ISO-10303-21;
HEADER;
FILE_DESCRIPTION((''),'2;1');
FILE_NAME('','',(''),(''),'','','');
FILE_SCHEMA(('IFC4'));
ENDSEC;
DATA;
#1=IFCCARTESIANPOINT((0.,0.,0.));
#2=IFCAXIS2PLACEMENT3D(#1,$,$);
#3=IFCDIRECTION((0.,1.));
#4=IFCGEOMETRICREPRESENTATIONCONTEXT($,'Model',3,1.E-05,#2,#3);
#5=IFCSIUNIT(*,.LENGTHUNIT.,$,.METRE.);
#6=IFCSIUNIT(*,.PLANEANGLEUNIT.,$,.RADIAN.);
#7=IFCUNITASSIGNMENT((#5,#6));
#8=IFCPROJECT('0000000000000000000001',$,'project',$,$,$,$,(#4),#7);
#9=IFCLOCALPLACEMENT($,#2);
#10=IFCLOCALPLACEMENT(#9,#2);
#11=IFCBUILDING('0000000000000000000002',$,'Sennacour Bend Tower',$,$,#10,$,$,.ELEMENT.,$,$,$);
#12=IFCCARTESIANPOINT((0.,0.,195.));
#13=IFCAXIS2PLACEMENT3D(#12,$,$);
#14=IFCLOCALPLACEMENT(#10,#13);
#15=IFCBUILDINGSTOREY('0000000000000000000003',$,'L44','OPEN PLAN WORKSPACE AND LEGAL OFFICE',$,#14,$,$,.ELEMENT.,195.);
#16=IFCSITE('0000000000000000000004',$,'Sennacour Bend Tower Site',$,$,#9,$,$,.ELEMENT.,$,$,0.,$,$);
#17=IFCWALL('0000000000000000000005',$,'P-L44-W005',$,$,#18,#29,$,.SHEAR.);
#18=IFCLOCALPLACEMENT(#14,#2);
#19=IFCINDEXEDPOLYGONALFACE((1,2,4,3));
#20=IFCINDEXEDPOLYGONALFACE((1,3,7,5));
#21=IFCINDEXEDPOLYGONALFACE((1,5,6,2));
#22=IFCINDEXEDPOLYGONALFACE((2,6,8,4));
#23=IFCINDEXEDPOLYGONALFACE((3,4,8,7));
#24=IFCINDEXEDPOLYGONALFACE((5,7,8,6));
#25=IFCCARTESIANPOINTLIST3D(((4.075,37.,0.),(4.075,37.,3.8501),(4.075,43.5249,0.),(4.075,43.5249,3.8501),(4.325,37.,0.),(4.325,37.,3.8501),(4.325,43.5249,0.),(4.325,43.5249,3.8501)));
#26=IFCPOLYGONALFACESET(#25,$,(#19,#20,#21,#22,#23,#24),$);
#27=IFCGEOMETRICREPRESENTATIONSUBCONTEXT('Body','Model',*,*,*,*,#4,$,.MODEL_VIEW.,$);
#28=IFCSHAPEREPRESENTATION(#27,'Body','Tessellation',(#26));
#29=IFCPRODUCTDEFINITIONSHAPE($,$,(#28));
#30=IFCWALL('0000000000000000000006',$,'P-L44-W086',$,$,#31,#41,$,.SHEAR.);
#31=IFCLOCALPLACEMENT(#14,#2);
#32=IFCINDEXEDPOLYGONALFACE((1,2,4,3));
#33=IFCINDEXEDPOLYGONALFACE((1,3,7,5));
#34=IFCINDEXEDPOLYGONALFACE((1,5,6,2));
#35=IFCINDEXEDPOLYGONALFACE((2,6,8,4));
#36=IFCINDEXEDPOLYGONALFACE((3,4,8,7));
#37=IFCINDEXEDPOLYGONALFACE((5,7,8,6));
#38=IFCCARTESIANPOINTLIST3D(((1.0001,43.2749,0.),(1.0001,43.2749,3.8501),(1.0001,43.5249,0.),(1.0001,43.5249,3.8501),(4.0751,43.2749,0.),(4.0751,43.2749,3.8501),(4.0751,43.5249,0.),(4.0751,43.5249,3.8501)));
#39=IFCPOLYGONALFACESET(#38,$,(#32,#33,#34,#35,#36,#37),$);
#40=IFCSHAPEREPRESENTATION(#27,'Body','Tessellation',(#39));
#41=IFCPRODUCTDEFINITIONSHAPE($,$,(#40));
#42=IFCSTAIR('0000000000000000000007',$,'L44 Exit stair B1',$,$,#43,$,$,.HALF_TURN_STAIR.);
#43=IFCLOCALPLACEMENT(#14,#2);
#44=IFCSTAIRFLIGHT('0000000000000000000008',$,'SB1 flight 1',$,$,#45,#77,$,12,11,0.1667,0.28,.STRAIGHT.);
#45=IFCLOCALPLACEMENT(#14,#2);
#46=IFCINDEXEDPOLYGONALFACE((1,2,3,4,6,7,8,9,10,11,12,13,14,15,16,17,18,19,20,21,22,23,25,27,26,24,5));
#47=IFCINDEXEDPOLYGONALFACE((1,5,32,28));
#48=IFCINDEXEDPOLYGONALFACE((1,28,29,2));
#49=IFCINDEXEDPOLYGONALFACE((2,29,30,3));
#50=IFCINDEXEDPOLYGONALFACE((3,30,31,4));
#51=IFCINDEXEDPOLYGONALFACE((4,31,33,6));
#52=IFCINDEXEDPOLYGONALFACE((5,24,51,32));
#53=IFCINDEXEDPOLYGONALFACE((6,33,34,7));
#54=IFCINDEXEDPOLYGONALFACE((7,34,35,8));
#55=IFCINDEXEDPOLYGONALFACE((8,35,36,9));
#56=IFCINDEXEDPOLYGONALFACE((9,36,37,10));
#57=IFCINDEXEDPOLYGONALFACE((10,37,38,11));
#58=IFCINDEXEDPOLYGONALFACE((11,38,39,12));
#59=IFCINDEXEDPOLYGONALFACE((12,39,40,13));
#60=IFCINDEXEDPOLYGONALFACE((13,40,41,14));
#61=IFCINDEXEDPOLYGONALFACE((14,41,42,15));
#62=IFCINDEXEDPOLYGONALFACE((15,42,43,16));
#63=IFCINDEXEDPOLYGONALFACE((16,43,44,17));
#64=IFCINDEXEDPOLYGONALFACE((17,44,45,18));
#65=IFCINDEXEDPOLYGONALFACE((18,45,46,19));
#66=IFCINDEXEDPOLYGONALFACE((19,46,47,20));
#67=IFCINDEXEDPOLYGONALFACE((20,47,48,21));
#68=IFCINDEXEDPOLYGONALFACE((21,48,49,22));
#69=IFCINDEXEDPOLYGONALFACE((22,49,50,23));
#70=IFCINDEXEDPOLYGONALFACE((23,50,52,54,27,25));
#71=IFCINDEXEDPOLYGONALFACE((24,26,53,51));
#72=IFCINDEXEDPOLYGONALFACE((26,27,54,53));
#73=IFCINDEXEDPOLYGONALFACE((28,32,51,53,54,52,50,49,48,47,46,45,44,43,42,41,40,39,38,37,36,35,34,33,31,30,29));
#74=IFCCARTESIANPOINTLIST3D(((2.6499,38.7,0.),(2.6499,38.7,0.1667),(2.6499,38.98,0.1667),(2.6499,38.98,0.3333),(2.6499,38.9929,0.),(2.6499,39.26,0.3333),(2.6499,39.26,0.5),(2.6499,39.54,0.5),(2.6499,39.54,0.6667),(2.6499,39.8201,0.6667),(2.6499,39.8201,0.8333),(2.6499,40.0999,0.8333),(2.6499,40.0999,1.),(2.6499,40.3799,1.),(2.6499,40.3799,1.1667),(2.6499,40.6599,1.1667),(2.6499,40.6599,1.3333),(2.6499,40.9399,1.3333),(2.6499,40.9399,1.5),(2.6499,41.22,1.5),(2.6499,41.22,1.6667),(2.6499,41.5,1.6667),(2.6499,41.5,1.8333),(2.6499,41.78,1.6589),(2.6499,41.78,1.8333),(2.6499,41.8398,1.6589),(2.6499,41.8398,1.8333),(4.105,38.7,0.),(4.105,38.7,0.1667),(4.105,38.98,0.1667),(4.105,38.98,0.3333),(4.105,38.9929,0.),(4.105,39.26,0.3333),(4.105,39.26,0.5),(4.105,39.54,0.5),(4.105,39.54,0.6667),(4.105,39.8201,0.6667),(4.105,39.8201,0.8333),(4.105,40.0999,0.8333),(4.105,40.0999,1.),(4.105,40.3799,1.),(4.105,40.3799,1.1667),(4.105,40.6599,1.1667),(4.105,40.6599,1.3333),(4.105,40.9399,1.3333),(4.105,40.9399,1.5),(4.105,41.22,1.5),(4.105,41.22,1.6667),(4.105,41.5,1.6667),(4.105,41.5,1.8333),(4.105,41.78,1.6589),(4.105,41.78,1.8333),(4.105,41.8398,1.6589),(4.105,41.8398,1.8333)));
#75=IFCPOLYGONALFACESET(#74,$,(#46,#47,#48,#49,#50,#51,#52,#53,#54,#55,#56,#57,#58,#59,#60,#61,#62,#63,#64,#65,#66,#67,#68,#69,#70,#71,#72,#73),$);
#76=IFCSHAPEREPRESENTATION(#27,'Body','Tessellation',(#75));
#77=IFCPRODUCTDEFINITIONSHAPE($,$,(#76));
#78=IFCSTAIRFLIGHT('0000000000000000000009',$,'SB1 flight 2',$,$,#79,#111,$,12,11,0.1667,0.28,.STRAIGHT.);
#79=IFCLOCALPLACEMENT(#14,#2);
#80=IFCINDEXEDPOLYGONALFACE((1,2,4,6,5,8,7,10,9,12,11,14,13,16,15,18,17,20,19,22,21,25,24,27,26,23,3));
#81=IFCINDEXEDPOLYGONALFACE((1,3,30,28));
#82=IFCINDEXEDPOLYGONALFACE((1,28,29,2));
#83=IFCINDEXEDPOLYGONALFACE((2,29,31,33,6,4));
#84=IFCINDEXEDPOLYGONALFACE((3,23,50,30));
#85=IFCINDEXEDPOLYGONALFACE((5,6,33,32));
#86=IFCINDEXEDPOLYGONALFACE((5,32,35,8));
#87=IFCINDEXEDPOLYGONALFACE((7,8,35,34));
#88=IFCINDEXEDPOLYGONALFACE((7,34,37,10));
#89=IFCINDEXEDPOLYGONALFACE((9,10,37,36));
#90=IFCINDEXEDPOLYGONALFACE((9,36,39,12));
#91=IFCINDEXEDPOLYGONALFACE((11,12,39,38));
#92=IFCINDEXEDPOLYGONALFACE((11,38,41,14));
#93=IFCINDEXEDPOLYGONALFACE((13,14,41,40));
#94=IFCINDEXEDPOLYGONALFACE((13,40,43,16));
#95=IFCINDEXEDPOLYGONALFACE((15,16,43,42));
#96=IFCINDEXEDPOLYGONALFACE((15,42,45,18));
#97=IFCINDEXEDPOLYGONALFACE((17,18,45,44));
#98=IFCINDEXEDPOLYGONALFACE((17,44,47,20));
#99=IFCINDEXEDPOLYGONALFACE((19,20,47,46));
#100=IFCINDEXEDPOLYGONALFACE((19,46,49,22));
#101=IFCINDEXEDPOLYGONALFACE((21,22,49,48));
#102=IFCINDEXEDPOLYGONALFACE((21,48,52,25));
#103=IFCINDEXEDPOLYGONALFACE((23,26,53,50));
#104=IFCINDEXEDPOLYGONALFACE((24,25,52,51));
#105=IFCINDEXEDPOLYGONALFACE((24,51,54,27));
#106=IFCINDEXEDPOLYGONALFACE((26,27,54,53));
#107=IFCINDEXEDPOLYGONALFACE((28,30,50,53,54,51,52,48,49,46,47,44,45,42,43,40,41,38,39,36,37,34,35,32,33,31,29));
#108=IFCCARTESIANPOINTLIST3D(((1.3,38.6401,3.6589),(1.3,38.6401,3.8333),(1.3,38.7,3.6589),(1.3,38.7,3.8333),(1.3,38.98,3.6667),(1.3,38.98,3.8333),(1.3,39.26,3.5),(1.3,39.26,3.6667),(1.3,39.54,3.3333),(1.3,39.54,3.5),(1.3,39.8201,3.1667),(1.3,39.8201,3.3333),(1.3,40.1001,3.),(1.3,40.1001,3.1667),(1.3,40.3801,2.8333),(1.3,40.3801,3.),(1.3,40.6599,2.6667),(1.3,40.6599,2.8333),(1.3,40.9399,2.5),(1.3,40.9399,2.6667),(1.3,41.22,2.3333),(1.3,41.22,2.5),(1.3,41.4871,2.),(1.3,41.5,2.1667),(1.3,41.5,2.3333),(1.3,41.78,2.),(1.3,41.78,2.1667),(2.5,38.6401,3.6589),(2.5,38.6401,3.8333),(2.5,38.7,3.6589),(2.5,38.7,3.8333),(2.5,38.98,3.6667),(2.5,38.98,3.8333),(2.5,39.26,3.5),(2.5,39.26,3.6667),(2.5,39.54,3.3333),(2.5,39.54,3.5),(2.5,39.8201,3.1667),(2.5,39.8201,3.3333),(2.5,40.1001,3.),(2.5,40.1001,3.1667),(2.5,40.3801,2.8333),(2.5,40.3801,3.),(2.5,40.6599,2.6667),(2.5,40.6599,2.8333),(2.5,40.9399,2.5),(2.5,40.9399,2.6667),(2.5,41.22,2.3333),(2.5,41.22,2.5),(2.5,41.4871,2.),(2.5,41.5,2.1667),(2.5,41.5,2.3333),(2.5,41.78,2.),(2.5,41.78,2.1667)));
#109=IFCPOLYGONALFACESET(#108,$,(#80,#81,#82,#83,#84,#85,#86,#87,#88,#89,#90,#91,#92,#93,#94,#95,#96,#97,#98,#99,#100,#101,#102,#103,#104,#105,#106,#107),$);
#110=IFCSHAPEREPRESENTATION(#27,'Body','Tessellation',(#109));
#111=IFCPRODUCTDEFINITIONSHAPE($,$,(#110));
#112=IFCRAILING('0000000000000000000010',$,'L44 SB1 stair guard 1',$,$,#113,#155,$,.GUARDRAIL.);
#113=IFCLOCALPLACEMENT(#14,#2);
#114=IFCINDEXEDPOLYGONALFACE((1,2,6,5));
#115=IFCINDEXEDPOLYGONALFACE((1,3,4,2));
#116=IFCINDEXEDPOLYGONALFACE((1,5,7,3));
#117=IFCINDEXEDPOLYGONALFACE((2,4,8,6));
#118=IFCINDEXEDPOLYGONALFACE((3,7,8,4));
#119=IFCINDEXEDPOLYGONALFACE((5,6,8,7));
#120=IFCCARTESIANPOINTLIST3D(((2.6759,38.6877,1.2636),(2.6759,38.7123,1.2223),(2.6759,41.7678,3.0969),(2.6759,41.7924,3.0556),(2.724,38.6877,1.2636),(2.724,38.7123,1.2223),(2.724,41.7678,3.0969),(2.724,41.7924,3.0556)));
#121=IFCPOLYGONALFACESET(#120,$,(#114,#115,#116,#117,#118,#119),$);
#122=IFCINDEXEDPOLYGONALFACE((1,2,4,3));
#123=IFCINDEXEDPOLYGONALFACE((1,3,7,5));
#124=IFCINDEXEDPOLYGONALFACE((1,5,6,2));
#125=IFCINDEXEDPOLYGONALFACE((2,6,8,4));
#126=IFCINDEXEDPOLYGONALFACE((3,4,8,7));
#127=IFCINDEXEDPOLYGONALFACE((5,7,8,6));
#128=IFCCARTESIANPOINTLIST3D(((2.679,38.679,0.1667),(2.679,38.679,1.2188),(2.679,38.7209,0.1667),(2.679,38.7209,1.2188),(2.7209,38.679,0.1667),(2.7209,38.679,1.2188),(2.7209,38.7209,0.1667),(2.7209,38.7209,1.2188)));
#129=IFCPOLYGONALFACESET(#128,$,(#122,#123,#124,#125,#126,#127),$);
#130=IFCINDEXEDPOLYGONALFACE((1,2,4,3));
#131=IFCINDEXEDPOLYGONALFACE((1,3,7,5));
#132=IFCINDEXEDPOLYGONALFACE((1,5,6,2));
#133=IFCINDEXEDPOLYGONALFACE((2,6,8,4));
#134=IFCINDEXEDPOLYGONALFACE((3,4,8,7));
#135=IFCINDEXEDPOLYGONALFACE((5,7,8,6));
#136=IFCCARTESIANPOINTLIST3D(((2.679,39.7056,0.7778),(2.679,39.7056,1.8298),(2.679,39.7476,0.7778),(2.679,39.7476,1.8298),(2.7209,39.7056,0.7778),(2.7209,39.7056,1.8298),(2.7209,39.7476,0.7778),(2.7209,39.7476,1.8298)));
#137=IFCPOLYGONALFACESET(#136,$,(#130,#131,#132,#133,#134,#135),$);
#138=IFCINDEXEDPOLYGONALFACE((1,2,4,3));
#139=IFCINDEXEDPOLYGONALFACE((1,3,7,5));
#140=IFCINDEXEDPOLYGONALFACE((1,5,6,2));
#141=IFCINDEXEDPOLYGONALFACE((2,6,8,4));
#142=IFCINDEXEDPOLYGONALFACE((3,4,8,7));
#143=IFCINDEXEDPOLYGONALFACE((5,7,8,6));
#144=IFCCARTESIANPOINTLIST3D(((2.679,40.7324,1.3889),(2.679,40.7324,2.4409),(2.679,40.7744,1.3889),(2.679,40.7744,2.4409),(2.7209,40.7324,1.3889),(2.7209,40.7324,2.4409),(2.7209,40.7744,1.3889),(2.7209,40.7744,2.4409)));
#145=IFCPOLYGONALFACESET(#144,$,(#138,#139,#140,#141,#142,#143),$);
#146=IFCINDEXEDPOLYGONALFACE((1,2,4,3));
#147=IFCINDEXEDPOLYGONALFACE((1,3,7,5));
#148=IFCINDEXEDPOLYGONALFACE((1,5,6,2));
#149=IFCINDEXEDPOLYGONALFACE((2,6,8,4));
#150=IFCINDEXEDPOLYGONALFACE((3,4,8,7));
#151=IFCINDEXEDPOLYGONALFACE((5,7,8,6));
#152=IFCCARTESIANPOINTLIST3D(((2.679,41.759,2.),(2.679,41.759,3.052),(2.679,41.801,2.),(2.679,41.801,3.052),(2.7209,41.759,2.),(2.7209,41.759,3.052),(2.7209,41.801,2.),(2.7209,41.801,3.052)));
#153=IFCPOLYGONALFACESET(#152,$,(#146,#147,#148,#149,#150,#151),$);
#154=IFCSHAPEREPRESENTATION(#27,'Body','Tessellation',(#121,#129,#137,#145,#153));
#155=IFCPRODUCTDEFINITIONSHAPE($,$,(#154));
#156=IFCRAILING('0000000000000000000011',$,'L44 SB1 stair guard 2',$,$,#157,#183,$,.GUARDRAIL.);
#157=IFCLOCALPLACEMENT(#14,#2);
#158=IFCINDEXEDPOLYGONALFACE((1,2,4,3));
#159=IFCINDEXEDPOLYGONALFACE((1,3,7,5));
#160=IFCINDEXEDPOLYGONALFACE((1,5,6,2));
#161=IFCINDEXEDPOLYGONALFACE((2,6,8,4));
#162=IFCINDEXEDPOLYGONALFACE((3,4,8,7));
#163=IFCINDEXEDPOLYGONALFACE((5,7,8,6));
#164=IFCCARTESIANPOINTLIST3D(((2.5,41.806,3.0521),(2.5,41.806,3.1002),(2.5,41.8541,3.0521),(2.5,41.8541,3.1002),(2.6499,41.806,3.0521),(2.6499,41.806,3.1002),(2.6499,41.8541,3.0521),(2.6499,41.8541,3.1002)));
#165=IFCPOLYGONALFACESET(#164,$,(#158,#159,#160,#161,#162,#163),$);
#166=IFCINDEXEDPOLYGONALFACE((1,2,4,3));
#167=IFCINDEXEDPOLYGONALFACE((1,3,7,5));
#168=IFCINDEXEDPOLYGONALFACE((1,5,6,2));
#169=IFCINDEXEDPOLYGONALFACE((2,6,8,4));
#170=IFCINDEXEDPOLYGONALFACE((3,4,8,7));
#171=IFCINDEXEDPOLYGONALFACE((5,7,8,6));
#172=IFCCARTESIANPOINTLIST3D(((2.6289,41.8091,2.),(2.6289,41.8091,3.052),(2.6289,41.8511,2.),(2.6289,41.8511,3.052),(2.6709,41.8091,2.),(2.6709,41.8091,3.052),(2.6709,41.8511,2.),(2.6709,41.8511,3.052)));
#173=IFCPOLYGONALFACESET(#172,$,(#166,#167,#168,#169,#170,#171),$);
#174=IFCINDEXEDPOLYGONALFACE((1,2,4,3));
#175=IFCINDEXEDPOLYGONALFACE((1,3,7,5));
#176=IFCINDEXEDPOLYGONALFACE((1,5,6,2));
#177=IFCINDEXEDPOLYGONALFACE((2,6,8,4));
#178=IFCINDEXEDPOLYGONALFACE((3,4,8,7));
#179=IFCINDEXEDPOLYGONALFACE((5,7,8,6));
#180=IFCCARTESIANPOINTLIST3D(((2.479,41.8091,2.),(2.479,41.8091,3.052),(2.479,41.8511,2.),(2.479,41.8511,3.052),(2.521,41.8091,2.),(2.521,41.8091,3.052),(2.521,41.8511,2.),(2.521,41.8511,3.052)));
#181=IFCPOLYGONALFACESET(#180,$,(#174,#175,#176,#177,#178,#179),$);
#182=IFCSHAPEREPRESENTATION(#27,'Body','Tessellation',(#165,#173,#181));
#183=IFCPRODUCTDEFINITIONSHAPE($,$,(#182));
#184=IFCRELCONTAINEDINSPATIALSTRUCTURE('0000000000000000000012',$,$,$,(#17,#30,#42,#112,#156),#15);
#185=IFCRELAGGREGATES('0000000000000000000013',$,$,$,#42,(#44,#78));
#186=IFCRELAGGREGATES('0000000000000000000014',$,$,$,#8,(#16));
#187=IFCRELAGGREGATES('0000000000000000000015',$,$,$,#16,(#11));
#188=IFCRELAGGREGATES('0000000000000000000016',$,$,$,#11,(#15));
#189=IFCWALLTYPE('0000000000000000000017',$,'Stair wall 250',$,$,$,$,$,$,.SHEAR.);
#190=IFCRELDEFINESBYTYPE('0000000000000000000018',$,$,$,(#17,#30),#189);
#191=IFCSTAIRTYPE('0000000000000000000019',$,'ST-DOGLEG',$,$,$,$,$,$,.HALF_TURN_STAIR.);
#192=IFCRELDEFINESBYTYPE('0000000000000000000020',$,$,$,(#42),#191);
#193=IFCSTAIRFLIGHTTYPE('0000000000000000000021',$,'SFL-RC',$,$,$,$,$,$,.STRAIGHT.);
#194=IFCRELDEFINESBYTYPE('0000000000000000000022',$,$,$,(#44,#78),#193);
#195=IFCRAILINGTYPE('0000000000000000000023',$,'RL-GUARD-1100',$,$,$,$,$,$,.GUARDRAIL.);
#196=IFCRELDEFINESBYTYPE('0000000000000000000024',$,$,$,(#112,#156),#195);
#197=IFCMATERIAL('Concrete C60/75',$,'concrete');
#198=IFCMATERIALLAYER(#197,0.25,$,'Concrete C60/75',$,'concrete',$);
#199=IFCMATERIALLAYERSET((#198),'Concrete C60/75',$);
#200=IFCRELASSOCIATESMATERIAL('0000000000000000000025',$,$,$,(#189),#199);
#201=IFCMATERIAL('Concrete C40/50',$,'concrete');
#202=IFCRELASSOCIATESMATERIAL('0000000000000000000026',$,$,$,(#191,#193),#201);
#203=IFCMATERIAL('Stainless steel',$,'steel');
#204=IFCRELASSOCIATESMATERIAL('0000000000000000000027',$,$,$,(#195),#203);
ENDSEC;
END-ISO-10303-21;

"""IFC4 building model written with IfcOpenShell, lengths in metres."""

from ifc_helpers import new_model, si_unit, direction, frame, frame_2d, origin, origin_2d, place, context, subcontext, project, spatial, polyline, rectangle, outline, extrude, material, layer, layer_set, type_object, element, aggregate, save


model = new_model("IFC4")

# Units and contexts
model_context = context("Model", 3, precision=1e-05, world=origin(), true_north=direction((0.0, 1.0)))
body_context = subcontext(model_context, "Body", "Model", "MODEL_VIEW")
ifc_project = project(units=[si_unit("LENGTHUNIT", "METRE"), si_unit("PLANEANGLEUNIT", "RADIAN")], contexts=[model_context])

# Site, building, storey
site_placement = place(None, origin())
site = spatial("IfcSite", under=ifc_project, at=site_placement, Name="Sennacour Bend Tower Site", CompositionType="ELEMENT", RefElevation=0.0)
building_placement = place(site_placement, origin())
building = spatial("IfcBuilding", under=site, at=building_placement, Name="Sennacour Bend Tower", CompositionType="ELEMENT")
storey_placement = place(building_placement, frame((0.0, 0.0, 195.0)))
storey = spatial("IfcBuildingStorey", under=building, at=storey_placement, Name="L44", Description="OPEN PLAN WORKSPACE AND LEGAL OFFICE", CompositionType="ELEMENT", Elevation=195.0)

# Shared definitions
ifc_material_1 = material(Name="Concrete C60/75", Category="concrete")

# Shared definitions
ifc_material_2 = material(Name="Stainless steel", Category="steel")

# Walls
ifc_layer_1 = layer(ifc_material_1, 0.25, Name="Concrete C60/75", Category="concrete")
ifc_layer_set_1 = layer_set([ifc_layer_1], Name="Concrete C60/75")
wall_type_1 = type_object("IfcWallType", Name="Stair wall 250", PredefinedType="SHEAR", material=ifc_layer_set_1)
wall_1_placement = place(storey_placement, frame((4.2, 37.0, 0.0), z_axis=(0.0, 0.0, 1.0), x_axis=(0.0, 1.0, 0.0)))
element("IfcWall", 1, at=wall_1_placement, inside=storey, type_object=wall_type_1, Name="P-L44-W005", PredefinedType="SHEAR", context=body_context, shape_type="SweptSolid", body=[
    extrude(rectangle(XDim=6.5249, YDim=0.25, at=frame_2d((3.2625, 0.0))), origin(), (0.0, 0.0, 1.0), 3.8501),
])
wall_2_placement = place(storey_placement, frame((1.0, 43.3999, 0.0), z_axis=(0.0, 0.0, 1.0), x_axis=(1.0, 0.0, 0.0)))
element("IfcWall", 2, at=wall_2_placement, inside=storey, type_object=wall_type_1, Name="P-L44-W086", PredefinedType="SHEAR", context=body_context, shape_type="SweptSolid", body=[
    extrude(rectangle(XDim=3.075, YDim=0.25, at=frame_2d((1.5376, 0.0))), origin(), (0.0, 0.0, 1.0), 3.8501),
])

# Stair, stair flights
ifc_material_3 = material(Name="Concrete C40/50", Category="concrete")
stair_type = type_object("IfcStairType", Name="ST-DOGLEG", PredefinedType="HALF_TURN_STAIR", material=ifc_material_3)
stair_placement = place(storey_placement, origin())
stair = element("IfcStair", 3, at=stair_placement, inside=storey, type_object=stair_type, Name="L44 Exit stair B1", PredefinedType="HALF_TURN_STAIR")
stair_flight_type = type_object("IfcStairFlightType", Name="SFL-RC", PredefinedType="STRAIGHT", material=ifc_material_3)
stair_flight_1_placement = place(storey_placement, frame((3.3774, 38.7, 0.0), z_axis=(0.0, 0.0, 1.0), x_axis=(0.0, 1.0, 0.0)))
stair_flight_1 = element("IfcStairFlight", 4, at=stair_flight_1_placement, type_object=stair_flight_type, Name="SB1 flight 1", NumberOfRisers=12, NumberOfTreads=11, PredefinedType="STRAIGHT", RiserHeight=0.1667, TreadLength=0.28, context=body_context, shape_type="SweptSolid", body=[
    extrude(outline(polyline([(0.0, 0.0), (0.0, 0.1667), (0.28, 0.1667), (0.28, 0.3333), (0.5601, 0.3333), (0.5601, 0.5), (0.8401, 0.5), (0.8401, 0.6667), (1.1201, 0.6667), (1.1201, 0.8333), (1.3999, 0.8333), (1.3999, 1.0), (1.6799, 1.0), (1.6799, 1.1667), (1.96, 1.1667), (1.96, 1.3333), (2.24, 1.3333), (2.24, 1.5), (2.52, 1.5), (2.52, 1.6667), (2.8, 1.6667), (2.8, 1.8333), (3.0801, 1.8333), (3.1399, 1.8333), (3.1399, 1.6589), (3.0801, 1.6589), (0.293, 0.0), (0.0, 0.0)])), frame((0.0, 0.7275, 0.0), z_axis=(0.0, -1.0, 0.0), x_axis=(1.0, 0.0, 0.0)), (0.0, 0.0, 1.0), 1.4551),
])
stair_flight_2_placement = place(storey_placement, frame((1.8999, 41.78, 2.0), z_axis=(0.0, 0.0, 1.0), x_axis=(0.0, -1.0, 0.0)))
stair_flight_2 = element("IfcStairFlight", 5, at=stair_flight_2_placement, type_object=stair_flight_type, Name="SB1 flight 2", NumberOfRisers=12, NumberOfTreads=11, PredefinedType="STRAIGHT", RiserHeight=0.1667, TreadLength=0.28, context=body_context, shape_type="SweptSolid", body=[
    extrude(outline(polyline([(0.0, 0.0), (0.0, 0.1667), (0.28, 0.1667), (0.28, 0.3333), (0.5601, 0.3333), (0.5601, 0.5), (0.8401, 0.5), (0.8401, 0.6667), (1.1201, 0.6667), (1.1201, 0.8333), (1.3999, 0.8333), (1.3999, 1.0), (1.6799, 1.0), (1.6799, 1.1667), (1.96, 1.1667), (1.96, 1.3333), (2.24, 1.3333), (2.24, 1.5), (2.52, 1.5), (2.52, 1.6667), (2.8, 1.6667), (2.8, 1.8333), (3.0801, 1.8333), (3.1399, 1.8333), (3.1399, 1.6589), (3.0801, 1.6589), (0.293, 0.0), (0.0, 0.0)])), frame((0.0, 0.6001, 0.0), z_axis=(0.0, -1.0, 0.0), x_axis=(1.0, 0.0, 0.0)), (0.0, 0.0, 1.0), 1.2),
])
aggregate(stair, [stair_flight_1, stair_flight_2])

# Railings
railing_type_1 = type_object("IfcRailingType", Name="RL-GUARD-1100", PredefinedType="GUARDRAIL", material=ifc_material_2)
railing_1_placement = place(storey_placement, frame((2.7, 38.7, 0.1667)))
element("IfcRailing", 6, at=railing_1_placement, inside=storey, type_object=railing_type_1, Name="L44 SB1 stair guard 1", PredefinedType="GUARDRAIL", context=body_context, shape_type="SweptSolid", body=[
    extrude(rectangle(XDim=0.0481, YDim=0.0481, at=origin_2d()), frame((0.0, 0.0, 1.0762), z_axis=(0.0, 0.859309, 0.511458), x_axis=(-1.0, 0.0, 0.0)), (0.0, 0.0, 1.0), 3.5845),
    extrude(rectangle(XDim=0.042, YDim=0.042, at=origin_2d()), origin(), (0.0, 0.0, 1.0), 1.052),
    extrude(rectangle(XDim=0.042, YDim=0.042, at=origin_2d()), frame((0.0, 1.0266, 0.6111)), (0.0, 0.0, 1.0), 1.052),
    extrude(rectangle(XDim=0.042, YDim=0.042, at=origin_2d()), frame((0.0, 2.0535, 1.2222)), (0.0, 0.0, 1.0), 1.052),
    extrude(rectangle(XDim=0.042, YDim=0.042, at=origin_2d()), frame((0.0, 3.0801, 1.8333)), (0.0, 0.0, 1.0), 1.052),
])
railing_2_placement = place(storey_placement, frame((2.6499, 41.8301, 2.0)))
element("IfcRailing", 7, at=railing_2_placement, inside=storey, type_object=railing_type_1, Name="L44 SB1 stair guard 2", PredefinedType="GUARDRAIL", context=body_context, shape_type="SweptSolid", body=[
    extrude(rectangle(XDim=0.0481, YDim=0.0481, at=origin_2d()), frame((0.0, 0.0, 1.0762), z_axis=(-1.0, 0.0, 0.0), x_axis=(0.0, -1.0, 0.0)), (0.0, 0.0, 1.0), 0.1499),
    extrude(rectangle(XDim=0.042, YDim=0.042, at=origin_2d()), origin(), (0.0, 0.0, 1.0), 1.052),
    extrude(rectangle(XDim=0.042, YDim=0.042, at=origin_2d()), frame((-0.1499, 0.0, 0.0)), (0.0, 0.0, 1.0), 1.052),
])

save(model, "model.ifc")
